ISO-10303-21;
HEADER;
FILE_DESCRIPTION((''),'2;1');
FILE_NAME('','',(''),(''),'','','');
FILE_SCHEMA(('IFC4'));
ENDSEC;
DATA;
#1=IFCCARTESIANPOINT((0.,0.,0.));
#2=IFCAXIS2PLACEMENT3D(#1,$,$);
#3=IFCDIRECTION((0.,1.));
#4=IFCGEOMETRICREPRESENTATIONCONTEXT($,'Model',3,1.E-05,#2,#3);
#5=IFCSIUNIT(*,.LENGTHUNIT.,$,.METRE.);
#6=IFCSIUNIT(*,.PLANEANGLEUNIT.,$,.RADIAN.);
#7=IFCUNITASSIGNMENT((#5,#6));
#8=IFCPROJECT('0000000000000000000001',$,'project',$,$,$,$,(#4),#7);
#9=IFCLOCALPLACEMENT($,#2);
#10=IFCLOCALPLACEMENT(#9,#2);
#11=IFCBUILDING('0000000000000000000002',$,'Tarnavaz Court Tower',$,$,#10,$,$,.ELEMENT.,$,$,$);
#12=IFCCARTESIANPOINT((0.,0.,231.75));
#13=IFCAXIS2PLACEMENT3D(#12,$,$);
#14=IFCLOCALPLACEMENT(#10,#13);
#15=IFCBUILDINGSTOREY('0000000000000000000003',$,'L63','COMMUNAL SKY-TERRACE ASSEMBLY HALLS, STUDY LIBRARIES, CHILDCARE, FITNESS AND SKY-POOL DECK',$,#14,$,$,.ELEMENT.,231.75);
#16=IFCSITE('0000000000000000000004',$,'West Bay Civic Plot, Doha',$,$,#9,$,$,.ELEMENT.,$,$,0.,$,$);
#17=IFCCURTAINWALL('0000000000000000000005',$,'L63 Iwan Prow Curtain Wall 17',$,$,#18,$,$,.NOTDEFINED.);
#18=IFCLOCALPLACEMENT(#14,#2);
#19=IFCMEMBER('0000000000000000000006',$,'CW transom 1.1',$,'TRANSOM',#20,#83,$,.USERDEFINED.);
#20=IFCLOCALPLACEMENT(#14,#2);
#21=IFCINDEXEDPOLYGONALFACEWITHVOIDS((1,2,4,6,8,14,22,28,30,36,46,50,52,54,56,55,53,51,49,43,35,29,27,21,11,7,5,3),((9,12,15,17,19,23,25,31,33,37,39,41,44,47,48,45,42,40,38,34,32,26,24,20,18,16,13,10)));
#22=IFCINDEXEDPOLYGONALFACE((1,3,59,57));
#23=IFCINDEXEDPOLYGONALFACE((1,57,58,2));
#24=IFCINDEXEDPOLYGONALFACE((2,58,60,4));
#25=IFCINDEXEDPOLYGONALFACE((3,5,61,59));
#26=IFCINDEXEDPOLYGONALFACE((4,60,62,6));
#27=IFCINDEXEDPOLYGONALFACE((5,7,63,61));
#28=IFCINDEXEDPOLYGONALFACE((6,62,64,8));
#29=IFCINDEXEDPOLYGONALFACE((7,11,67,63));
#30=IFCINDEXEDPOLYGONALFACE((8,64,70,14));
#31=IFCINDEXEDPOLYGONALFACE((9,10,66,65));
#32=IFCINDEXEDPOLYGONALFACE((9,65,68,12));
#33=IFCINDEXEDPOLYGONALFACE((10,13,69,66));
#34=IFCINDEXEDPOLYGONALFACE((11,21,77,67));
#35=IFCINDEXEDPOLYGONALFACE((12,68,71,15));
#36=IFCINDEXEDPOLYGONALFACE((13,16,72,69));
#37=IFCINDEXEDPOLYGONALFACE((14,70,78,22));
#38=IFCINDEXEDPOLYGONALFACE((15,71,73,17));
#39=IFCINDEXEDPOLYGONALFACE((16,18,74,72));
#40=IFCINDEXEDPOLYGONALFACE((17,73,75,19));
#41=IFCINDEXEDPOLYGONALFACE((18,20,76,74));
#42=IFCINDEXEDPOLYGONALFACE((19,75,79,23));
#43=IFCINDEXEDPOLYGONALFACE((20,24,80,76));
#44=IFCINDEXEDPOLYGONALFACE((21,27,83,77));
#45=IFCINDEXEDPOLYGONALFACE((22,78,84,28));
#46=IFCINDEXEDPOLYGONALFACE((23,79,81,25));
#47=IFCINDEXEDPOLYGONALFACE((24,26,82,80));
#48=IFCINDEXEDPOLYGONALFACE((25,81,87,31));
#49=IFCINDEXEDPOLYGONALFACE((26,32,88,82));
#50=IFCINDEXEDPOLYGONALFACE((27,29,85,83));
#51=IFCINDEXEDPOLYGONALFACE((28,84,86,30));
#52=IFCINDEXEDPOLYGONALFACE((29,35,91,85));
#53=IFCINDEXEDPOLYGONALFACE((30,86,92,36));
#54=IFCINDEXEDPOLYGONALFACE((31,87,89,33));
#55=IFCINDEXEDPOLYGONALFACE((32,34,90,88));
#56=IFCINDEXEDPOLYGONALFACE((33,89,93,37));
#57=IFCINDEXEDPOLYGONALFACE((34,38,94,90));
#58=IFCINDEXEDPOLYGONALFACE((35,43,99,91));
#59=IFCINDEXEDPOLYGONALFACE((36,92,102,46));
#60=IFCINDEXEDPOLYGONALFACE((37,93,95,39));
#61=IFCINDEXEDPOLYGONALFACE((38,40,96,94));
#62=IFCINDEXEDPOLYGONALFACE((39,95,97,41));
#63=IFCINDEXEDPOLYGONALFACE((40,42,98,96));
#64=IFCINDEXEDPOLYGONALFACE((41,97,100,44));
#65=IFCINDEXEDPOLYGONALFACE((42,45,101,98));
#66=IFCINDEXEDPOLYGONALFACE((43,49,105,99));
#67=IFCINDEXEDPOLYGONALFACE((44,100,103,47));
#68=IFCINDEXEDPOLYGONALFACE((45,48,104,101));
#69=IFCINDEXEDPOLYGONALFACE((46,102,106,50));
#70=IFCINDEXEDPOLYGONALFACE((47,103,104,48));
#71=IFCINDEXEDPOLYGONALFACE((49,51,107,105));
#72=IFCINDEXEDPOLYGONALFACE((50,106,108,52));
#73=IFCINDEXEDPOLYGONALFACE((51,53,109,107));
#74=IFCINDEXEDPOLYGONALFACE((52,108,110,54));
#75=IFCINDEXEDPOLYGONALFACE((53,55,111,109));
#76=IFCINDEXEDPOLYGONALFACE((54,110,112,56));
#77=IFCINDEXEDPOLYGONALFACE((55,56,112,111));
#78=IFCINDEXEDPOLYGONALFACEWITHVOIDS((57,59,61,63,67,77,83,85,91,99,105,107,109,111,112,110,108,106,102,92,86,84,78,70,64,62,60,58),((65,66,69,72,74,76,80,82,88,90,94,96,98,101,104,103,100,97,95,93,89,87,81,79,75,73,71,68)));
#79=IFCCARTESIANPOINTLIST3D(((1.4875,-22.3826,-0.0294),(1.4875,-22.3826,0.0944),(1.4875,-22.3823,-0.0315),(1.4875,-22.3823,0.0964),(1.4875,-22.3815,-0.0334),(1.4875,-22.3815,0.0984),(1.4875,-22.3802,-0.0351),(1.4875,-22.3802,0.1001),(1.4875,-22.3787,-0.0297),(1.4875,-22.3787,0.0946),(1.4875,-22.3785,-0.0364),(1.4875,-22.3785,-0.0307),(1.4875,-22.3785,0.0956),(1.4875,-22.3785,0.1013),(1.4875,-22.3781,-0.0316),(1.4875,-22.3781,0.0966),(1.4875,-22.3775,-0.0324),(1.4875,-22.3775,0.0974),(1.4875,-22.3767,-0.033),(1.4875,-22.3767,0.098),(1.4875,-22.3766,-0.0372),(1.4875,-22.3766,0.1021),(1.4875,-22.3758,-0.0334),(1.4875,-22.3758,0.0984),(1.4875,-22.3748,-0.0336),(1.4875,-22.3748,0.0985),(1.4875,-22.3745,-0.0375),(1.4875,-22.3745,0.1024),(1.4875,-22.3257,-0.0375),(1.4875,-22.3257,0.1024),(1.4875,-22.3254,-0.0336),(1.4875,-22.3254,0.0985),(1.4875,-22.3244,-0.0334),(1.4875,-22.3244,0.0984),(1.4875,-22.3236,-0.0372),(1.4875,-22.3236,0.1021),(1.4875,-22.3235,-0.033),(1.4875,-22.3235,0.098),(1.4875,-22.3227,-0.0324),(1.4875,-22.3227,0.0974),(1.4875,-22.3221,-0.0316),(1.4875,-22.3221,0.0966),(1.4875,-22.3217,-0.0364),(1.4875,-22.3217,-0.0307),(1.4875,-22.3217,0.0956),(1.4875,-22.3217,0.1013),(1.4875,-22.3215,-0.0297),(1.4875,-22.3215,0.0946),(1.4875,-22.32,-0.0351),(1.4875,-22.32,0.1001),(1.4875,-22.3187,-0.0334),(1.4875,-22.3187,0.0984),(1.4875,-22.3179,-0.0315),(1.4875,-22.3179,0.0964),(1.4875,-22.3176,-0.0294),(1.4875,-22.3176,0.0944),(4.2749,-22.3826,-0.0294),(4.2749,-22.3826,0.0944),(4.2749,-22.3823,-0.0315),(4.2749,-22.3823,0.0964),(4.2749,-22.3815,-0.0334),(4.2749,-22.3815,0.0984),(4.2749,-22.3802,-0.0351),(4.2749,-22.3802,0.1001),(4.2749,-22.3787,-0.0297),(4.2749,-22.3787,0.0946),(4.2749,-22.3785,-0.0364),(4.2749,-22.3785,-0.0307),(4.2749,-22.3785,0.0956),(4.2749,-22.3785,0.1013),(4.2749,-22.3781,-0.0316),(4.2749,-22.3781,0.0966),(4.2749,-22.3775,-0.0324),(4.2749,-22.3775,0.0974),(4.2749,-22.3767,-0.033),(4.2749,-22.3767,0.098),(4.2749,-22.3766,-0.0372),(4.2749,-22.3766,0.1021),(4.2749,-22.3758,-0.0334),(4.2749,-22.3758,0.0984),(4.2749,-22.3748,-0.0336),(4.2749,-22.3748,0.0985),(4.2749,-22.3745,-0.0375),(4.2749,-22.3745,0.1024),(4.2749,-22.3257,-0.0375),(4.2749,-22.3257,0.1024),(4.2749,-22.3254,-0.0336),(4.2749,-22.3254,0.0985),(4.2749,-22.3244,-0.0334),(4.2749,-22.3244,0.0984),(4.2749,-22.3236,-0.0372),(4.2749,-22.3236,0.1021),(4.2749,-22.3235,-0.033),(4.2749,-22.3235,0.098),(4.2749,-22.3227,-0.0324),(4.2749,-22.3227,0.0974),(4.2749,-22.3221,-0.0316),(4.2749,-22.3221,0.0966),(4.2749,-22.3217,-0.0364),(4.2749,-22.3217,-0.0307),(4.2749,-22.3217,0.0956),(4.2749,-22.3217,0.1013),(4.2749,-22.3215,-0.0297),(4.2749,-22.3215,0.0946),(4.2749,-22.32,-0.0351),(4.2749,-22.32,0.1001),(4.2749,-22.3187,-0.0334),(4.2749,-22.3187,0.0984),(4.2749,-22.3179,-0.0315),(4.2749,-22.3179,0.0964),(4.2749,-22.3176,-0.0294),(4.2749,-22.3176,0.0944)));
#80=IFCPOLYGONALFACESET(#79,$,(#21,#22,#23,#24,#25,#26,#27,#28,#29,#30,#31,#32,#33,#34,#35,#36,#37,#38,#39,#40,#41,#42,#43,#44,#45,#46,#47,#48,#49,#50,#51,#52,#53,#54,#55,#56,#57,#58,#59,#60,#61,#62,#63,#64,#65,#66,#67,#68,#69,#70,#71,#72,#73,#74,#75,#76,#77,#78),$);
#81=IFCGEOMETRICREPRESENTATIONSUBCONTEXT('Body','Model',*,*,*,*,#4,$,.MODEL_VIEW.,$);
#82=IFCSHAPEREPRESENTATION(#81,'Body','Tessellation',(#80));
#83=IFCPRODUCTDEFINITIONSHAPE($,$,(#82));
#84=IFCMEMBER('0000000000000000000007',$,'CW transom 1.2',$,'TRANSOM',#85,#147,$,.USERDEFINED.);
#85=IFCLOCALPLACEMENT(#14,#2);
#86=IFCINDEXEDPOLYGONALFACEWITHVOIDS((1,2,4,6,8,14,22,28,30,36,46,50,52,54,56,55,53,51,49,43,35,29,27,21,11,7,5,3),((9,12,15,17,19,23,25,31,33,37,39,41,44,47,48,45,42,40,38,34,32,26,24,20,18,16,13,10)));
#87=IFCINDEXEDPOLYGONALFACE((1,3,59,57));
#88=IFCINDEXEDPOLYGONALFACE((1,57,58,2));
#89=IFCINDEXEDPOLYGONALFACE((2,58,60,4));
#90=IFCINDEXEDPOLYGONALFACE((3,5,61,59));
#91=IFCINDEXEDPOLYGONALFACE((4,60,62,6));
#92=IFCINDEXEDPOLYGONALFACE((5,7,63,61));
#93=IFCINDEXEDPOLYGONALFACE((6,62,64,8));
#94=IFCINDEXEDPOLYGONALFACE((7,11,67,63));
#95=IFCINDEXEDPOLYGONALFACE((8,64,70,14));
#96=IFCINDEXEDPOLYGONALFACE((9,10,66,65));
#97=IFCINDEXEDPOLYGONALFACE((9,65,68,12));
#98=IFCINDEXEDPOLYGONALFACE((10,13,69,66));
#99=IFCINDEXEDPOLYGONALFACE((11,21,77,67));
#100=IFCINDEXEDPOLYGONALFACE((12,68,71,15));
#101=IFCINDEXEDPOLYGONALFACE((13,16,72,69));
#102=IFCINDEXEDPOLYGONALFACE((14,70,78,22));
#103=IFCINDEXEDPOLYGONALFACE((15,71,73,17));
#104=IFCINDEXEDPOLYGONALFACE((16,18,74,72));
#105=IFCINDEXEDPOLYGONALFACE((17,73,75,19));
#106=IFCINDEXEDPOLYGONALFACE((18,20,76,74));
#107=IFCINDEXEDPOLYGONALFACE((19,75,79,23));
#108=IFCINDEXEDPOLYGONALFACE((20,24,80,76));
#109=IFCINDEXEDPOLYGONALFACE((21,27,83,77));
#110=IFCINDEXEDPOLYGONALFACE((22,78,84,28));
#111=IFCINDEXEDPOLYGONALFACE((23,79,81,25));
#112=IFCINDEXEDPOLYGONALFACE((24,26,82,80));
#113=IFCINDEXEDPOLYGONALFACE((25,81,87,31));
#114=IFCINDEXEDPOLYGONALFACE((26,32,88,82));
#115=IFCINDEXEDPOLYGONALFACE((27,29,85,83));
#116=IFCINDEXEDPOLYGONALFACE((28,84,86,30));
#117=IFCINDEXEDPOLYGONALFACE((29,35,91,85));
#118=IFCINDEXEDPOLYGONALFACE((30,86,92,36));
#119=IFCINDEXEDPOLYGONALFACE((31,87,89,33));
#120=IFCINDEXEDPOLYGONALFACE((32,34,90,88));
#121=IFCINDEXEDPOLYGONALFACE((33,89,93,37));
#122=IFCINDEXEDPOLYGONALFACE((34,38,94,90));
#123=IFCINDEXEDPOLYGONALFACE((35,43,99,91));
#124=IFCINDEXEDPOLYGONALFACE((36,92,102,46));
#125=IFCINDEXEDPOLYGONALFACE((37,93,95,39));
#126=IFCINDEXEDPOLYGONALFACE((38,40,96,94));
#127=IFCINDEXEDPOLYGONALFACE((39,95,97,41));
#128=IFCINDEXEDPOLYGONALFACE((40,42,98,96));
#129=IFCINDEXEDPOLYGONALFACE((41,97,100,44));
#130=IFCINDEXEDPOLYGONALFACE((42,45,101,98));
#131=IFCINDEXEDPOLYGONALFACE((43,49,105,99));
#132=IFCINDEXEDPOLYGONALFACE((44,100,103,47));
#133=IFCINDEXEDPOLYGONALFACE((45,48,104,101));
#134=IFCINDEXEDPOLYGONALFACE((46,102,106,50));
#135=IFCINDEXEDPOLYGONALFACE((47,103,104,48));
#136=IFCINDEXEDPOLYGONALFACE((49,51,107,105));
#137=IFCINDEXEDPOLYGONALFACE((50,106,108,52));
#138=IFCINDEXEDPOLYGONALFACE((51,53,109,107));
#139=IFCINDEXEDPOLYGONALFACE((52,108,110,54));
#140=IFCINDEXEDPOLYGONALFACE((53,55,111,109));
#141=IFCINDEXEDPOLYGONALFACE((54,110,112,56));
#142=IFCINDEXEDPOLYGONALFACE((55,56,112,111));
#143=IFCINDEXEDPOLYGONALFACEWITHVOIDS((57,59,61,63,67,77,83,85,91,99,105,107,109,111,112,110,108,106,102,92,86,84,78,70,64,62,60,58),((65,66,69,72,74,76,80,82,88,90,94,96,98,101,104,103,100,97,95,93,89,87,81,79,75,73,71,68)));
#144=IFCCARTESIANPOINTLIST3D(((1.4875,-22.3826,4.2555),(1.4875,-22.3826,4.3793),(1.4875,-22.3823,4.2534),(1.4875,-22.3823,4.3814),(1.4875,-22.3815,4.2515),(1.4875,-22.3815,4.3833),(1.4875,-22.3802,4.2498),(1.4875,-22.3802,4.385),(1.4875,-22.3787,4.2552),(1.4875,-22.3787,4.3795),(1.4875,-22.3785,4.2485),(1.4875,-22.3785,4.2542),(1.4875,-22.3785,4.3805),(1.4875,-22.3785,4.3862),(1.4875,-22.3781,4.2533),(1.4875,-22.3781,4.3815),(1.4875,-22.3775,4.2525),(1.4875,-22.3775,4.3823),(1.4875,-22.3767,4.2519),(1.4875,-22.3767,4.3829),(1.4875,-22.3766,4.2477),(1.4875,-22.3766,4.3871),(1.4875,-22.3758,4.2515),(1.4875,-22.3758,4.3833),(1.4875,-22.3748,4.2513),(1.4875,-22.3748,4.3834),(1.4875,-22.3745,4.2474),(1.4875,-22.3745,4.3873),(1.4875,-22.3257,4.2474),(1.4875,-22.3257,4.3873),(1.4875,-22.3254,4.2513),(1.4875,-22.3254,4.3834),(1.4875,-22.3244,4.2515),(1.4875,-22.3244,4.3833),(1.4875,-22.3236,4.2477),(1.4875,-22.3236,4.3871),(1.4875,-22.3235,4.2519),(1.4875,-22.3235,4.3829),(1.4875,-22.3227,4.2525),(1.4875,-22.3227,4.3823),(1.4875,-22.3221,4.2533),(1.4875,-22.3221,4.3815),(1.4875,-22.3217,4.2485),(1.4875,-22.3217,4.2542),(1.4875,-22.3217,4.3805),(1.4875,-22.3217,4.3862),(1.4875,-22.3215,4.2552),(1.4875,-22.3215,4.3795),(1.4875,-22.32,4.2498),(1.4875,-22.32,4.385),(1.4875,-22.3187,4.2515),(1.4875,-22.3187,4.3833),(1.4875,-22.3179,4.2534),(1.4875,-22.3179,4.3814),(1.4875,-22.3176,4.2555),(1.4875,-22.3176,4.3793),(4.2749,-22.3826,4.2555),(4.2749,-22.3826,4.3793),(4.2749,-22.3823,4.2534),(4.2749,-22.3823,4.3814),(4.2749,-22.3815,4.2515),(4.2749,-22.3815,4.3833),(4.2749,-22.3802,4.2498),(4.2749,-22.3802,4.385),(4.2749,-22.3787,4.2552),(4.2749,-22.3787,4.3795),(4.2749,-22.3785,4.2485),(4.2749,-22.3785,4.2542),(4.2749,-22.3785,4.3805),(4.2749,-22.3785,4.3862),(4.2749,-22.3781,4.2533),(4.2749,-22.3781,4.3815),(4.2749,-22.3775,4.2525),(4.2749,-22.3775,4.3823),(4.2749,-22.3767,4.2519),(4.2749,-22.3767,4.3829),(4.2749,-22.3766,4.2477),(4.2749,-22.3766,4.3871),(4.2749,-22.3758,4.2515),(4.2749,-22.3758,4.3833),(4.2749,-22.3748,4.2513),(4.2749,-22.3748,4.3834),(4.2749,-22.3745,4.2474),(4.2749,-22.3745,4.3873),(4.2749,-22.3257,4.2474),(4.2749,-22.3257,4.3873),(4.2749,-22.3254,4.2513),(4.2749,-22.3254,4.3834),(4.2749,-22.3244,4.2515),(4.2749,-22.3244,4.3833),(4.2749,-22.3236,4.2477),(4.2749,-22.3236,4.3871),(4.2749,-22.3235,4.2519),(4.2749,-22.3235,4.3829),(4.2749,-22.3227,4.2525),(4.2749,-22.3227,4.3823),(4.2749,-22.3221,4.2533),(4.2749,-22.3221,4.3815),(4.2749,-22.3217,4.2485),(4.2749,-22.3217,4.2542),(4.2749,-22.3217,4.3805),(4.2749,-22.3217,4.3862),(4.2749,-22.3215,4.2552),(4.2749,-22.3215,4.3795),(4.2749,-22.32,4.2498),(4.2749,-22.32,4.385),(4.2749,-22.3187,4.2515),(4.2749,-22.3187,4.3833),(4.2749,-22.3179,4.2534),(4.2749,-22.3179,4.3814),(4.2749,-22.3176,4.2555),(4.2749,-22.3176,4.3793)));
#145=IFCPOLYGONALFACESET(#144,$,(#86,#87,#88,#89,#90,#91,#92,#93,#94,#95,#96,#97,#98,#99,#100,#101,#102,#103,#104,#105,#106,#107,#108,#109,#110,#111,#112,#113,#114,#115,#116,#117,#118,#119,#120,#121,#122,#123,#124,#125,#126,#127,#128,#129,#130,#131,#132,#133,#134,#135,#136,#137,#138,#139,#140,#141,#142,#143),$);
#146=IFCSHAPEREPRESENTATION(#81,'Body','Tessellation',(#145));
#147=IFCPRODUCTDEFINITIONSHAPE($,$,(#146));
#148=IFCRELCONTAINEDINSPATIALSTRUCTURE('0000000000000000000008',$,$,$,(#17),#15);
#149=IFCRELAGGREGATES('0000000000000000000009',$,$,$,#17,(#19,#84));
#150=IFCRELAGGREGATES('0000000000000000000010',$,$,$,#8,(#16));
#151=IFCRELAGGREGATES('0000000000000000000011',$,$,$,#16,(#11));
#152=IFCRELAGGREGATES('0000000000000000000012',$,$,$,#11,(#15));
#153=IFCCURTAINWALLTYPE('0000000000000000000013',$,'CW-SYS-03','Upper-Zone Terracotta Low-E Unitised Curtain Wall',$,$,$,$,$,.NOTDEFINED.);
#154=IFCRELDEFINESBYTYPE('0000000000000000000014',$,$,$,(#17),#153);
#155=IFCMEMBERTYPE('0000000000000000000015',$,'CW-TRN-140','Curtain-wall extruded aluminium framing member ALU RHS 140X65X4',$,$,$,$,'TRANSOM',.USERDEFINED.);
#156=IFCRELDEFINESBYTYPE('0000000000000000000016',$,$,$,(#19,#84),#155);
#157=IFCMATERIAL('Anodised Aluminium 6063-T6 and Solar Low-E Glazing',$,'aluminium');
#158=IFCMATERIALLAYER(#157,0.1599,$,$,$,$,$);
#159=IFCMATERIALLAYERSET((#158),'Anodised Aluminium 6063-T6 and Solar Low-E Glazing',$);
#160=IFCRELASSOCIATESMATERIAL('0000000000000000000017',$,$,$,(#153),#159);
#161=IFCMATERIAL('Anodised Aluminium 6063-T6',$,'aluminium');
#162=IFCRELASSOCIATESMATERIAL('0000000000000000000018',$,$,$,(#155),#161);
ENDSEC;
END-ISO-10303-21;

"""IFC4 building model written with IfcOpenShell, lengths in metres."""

from ifc_helpers import new_model, si_unit, direction, frame, origin, origin_2d, place, context, subcontext, project, spatial, hollow_rectangle, extrude, material, layer, layer_set, material_profile, profile_set, type_object, element, aggregate, save


model = new_model("IFC4")

# Units and contexts
model_context = context("Model", 3, precision=1e-05, world=origin(), true_north=direction((0.0, 1.0)))
body_context = subcontext(model_context, "Body", "Model", "MODEL_VIEW")
ifc_project = project(units=[si_unit("LENGTHUNIT", "METRE"), si_unit("PLANEANGLEUNIT", "RADIAN")], contexts=[model_context])

# Site, building, storey
site_placement = place(None, origin())
site = spatial("IfcSite", under=ifc_project, at=site_placement, Name="West Bay Civic Plot, Doha", CompositionType="ELEMENT", RefElevation=0.0)
building_placement = place(site_placement, origin())
building = spatial("IfcBuilding", under=site, at=building_placement, Name="Tarnavaz Court Tower", CompositionType="ELEMENT")
storey_placement = place(building_placement, frame((0.0, 0.0, 231.75)))
storey = spatial("IfcBuildingStorey", under=building, at=storey_placement, Name="L63", Description="COMMUNAL SKY-TERRACE ASSEMBLY HALLS, STUDY LIBRARIES, CHILDCARE, FITNESS AND SKY-POOL DECK", CompositionType="ELEMENT", Elevation=231.75)

# Curtain wall, members
ifc_material_1 = material(Name="Anodised Aluminium 6063-T6 and Solar Low-E Glazing", Category="aluminium")
ifc_layer_1 = layer(ifc_material_1, 0.1599)
ifc_layer_set_1 = layer_set([ifc_layer_1], Name="Anodised Aluminium 6063-T6 and Solar Low-E Glazing")
curtain_wall_type_1 = type_object("IfcCurtainWallType", Name="CW-SYS-03", Description="Upper-Zone Terracotta Low-E Unitised Curtain Wall", PredefinedType="NOTDEFINED", material=ifc_layer_set_1)
curtain_wall_1_placement = place(storey_placement, origin())
curtain_wall_1 = element("IfcCurtainWall", 1, at=curtain_wall_1_placement, inside=storey, type_object=curtain_wall_type_1, Name="L63 Iwan Prow Curtain Wall 17", PredefinedType="NOTDEFINED")
ifc_material_2 = material(Name="Anodised Aluminium 6063-T6", Category="aluminium")
ifc_material_profile_1 = material_profile(ifc_material_2, hollow_rectangle(XDim=0.0649, YDim=0.1399, WallThickness=0.0039, InnerFilletRadius=0.0039, OuterFilletRadius=0.0081, at=origin_2d()), Name="ALU RHS 140X65X4")
ifc_profile_set_1 = profile_set([ifc_material_profile_1], Name="Anodised Aluminium 6063-T6")
member_type_1 = type_object("IfcMemberType", Name="CW-TRN-140", Description="Curtain-wall extruded aluminium framing member ALU RHS 140X65X4", ElementType="TRANSOM", PredefinedType="USERDEFINED", material=ifc_profile_set_1)
member_1_placement = place(storey_placement, frame((4.2749, -22.3501, 0.0325), z_axis=(-1.0, 0.0, 0.0), x_axis=(0.0, -1.0, 0.0)))
member_1 = element("IfcMember", 2, at=member_1_placement, type_object=member_type_1, Name="CW transom 1.1", ObjectType="TRANSOM", PredefinedType="USERDEFINED", context=body_context, shape_type="SweptSolid", body=[
    extrude(hollow_rectangle(XDim=0.0649, YDim=0.1399, WallThickness=0.0039, InnerFilletRadius=0.0039, OuterFilletRadius=0.0081, at=origin_2d()), origin(), (0.0, 0.0, 1.0), 2.7874),
])
member_2_placement = place(storey_placement, frame((4.2749, -22.3501, 4.3174), z_axis=(-1.0, 0.0, 0.0), x_axis=(0.0, -1.0, 0.0)))
member_2 = element("IfcMember", 3, at=member_2_placement, type_object=member_type_1, Name="CW transom 1.2", ObjectType="TRANSOM", PredefinedType="USERDEFINED", context=body_context, shape_type="SweptSolid", body=[
    extrude(hollow_rectangle(XDim=0.0649, YDim=0.1399, WallThickness=0.0039, InnerFilletRadius=0.0039, OuterFilletRadius=0.0081, at=origin_2d()), origin(), (0.0, 0.0, 1.0), 2.7874),
])

aggregate(curtain_wall_1, [member_1, member_2])

save(model, "model.ifc")
